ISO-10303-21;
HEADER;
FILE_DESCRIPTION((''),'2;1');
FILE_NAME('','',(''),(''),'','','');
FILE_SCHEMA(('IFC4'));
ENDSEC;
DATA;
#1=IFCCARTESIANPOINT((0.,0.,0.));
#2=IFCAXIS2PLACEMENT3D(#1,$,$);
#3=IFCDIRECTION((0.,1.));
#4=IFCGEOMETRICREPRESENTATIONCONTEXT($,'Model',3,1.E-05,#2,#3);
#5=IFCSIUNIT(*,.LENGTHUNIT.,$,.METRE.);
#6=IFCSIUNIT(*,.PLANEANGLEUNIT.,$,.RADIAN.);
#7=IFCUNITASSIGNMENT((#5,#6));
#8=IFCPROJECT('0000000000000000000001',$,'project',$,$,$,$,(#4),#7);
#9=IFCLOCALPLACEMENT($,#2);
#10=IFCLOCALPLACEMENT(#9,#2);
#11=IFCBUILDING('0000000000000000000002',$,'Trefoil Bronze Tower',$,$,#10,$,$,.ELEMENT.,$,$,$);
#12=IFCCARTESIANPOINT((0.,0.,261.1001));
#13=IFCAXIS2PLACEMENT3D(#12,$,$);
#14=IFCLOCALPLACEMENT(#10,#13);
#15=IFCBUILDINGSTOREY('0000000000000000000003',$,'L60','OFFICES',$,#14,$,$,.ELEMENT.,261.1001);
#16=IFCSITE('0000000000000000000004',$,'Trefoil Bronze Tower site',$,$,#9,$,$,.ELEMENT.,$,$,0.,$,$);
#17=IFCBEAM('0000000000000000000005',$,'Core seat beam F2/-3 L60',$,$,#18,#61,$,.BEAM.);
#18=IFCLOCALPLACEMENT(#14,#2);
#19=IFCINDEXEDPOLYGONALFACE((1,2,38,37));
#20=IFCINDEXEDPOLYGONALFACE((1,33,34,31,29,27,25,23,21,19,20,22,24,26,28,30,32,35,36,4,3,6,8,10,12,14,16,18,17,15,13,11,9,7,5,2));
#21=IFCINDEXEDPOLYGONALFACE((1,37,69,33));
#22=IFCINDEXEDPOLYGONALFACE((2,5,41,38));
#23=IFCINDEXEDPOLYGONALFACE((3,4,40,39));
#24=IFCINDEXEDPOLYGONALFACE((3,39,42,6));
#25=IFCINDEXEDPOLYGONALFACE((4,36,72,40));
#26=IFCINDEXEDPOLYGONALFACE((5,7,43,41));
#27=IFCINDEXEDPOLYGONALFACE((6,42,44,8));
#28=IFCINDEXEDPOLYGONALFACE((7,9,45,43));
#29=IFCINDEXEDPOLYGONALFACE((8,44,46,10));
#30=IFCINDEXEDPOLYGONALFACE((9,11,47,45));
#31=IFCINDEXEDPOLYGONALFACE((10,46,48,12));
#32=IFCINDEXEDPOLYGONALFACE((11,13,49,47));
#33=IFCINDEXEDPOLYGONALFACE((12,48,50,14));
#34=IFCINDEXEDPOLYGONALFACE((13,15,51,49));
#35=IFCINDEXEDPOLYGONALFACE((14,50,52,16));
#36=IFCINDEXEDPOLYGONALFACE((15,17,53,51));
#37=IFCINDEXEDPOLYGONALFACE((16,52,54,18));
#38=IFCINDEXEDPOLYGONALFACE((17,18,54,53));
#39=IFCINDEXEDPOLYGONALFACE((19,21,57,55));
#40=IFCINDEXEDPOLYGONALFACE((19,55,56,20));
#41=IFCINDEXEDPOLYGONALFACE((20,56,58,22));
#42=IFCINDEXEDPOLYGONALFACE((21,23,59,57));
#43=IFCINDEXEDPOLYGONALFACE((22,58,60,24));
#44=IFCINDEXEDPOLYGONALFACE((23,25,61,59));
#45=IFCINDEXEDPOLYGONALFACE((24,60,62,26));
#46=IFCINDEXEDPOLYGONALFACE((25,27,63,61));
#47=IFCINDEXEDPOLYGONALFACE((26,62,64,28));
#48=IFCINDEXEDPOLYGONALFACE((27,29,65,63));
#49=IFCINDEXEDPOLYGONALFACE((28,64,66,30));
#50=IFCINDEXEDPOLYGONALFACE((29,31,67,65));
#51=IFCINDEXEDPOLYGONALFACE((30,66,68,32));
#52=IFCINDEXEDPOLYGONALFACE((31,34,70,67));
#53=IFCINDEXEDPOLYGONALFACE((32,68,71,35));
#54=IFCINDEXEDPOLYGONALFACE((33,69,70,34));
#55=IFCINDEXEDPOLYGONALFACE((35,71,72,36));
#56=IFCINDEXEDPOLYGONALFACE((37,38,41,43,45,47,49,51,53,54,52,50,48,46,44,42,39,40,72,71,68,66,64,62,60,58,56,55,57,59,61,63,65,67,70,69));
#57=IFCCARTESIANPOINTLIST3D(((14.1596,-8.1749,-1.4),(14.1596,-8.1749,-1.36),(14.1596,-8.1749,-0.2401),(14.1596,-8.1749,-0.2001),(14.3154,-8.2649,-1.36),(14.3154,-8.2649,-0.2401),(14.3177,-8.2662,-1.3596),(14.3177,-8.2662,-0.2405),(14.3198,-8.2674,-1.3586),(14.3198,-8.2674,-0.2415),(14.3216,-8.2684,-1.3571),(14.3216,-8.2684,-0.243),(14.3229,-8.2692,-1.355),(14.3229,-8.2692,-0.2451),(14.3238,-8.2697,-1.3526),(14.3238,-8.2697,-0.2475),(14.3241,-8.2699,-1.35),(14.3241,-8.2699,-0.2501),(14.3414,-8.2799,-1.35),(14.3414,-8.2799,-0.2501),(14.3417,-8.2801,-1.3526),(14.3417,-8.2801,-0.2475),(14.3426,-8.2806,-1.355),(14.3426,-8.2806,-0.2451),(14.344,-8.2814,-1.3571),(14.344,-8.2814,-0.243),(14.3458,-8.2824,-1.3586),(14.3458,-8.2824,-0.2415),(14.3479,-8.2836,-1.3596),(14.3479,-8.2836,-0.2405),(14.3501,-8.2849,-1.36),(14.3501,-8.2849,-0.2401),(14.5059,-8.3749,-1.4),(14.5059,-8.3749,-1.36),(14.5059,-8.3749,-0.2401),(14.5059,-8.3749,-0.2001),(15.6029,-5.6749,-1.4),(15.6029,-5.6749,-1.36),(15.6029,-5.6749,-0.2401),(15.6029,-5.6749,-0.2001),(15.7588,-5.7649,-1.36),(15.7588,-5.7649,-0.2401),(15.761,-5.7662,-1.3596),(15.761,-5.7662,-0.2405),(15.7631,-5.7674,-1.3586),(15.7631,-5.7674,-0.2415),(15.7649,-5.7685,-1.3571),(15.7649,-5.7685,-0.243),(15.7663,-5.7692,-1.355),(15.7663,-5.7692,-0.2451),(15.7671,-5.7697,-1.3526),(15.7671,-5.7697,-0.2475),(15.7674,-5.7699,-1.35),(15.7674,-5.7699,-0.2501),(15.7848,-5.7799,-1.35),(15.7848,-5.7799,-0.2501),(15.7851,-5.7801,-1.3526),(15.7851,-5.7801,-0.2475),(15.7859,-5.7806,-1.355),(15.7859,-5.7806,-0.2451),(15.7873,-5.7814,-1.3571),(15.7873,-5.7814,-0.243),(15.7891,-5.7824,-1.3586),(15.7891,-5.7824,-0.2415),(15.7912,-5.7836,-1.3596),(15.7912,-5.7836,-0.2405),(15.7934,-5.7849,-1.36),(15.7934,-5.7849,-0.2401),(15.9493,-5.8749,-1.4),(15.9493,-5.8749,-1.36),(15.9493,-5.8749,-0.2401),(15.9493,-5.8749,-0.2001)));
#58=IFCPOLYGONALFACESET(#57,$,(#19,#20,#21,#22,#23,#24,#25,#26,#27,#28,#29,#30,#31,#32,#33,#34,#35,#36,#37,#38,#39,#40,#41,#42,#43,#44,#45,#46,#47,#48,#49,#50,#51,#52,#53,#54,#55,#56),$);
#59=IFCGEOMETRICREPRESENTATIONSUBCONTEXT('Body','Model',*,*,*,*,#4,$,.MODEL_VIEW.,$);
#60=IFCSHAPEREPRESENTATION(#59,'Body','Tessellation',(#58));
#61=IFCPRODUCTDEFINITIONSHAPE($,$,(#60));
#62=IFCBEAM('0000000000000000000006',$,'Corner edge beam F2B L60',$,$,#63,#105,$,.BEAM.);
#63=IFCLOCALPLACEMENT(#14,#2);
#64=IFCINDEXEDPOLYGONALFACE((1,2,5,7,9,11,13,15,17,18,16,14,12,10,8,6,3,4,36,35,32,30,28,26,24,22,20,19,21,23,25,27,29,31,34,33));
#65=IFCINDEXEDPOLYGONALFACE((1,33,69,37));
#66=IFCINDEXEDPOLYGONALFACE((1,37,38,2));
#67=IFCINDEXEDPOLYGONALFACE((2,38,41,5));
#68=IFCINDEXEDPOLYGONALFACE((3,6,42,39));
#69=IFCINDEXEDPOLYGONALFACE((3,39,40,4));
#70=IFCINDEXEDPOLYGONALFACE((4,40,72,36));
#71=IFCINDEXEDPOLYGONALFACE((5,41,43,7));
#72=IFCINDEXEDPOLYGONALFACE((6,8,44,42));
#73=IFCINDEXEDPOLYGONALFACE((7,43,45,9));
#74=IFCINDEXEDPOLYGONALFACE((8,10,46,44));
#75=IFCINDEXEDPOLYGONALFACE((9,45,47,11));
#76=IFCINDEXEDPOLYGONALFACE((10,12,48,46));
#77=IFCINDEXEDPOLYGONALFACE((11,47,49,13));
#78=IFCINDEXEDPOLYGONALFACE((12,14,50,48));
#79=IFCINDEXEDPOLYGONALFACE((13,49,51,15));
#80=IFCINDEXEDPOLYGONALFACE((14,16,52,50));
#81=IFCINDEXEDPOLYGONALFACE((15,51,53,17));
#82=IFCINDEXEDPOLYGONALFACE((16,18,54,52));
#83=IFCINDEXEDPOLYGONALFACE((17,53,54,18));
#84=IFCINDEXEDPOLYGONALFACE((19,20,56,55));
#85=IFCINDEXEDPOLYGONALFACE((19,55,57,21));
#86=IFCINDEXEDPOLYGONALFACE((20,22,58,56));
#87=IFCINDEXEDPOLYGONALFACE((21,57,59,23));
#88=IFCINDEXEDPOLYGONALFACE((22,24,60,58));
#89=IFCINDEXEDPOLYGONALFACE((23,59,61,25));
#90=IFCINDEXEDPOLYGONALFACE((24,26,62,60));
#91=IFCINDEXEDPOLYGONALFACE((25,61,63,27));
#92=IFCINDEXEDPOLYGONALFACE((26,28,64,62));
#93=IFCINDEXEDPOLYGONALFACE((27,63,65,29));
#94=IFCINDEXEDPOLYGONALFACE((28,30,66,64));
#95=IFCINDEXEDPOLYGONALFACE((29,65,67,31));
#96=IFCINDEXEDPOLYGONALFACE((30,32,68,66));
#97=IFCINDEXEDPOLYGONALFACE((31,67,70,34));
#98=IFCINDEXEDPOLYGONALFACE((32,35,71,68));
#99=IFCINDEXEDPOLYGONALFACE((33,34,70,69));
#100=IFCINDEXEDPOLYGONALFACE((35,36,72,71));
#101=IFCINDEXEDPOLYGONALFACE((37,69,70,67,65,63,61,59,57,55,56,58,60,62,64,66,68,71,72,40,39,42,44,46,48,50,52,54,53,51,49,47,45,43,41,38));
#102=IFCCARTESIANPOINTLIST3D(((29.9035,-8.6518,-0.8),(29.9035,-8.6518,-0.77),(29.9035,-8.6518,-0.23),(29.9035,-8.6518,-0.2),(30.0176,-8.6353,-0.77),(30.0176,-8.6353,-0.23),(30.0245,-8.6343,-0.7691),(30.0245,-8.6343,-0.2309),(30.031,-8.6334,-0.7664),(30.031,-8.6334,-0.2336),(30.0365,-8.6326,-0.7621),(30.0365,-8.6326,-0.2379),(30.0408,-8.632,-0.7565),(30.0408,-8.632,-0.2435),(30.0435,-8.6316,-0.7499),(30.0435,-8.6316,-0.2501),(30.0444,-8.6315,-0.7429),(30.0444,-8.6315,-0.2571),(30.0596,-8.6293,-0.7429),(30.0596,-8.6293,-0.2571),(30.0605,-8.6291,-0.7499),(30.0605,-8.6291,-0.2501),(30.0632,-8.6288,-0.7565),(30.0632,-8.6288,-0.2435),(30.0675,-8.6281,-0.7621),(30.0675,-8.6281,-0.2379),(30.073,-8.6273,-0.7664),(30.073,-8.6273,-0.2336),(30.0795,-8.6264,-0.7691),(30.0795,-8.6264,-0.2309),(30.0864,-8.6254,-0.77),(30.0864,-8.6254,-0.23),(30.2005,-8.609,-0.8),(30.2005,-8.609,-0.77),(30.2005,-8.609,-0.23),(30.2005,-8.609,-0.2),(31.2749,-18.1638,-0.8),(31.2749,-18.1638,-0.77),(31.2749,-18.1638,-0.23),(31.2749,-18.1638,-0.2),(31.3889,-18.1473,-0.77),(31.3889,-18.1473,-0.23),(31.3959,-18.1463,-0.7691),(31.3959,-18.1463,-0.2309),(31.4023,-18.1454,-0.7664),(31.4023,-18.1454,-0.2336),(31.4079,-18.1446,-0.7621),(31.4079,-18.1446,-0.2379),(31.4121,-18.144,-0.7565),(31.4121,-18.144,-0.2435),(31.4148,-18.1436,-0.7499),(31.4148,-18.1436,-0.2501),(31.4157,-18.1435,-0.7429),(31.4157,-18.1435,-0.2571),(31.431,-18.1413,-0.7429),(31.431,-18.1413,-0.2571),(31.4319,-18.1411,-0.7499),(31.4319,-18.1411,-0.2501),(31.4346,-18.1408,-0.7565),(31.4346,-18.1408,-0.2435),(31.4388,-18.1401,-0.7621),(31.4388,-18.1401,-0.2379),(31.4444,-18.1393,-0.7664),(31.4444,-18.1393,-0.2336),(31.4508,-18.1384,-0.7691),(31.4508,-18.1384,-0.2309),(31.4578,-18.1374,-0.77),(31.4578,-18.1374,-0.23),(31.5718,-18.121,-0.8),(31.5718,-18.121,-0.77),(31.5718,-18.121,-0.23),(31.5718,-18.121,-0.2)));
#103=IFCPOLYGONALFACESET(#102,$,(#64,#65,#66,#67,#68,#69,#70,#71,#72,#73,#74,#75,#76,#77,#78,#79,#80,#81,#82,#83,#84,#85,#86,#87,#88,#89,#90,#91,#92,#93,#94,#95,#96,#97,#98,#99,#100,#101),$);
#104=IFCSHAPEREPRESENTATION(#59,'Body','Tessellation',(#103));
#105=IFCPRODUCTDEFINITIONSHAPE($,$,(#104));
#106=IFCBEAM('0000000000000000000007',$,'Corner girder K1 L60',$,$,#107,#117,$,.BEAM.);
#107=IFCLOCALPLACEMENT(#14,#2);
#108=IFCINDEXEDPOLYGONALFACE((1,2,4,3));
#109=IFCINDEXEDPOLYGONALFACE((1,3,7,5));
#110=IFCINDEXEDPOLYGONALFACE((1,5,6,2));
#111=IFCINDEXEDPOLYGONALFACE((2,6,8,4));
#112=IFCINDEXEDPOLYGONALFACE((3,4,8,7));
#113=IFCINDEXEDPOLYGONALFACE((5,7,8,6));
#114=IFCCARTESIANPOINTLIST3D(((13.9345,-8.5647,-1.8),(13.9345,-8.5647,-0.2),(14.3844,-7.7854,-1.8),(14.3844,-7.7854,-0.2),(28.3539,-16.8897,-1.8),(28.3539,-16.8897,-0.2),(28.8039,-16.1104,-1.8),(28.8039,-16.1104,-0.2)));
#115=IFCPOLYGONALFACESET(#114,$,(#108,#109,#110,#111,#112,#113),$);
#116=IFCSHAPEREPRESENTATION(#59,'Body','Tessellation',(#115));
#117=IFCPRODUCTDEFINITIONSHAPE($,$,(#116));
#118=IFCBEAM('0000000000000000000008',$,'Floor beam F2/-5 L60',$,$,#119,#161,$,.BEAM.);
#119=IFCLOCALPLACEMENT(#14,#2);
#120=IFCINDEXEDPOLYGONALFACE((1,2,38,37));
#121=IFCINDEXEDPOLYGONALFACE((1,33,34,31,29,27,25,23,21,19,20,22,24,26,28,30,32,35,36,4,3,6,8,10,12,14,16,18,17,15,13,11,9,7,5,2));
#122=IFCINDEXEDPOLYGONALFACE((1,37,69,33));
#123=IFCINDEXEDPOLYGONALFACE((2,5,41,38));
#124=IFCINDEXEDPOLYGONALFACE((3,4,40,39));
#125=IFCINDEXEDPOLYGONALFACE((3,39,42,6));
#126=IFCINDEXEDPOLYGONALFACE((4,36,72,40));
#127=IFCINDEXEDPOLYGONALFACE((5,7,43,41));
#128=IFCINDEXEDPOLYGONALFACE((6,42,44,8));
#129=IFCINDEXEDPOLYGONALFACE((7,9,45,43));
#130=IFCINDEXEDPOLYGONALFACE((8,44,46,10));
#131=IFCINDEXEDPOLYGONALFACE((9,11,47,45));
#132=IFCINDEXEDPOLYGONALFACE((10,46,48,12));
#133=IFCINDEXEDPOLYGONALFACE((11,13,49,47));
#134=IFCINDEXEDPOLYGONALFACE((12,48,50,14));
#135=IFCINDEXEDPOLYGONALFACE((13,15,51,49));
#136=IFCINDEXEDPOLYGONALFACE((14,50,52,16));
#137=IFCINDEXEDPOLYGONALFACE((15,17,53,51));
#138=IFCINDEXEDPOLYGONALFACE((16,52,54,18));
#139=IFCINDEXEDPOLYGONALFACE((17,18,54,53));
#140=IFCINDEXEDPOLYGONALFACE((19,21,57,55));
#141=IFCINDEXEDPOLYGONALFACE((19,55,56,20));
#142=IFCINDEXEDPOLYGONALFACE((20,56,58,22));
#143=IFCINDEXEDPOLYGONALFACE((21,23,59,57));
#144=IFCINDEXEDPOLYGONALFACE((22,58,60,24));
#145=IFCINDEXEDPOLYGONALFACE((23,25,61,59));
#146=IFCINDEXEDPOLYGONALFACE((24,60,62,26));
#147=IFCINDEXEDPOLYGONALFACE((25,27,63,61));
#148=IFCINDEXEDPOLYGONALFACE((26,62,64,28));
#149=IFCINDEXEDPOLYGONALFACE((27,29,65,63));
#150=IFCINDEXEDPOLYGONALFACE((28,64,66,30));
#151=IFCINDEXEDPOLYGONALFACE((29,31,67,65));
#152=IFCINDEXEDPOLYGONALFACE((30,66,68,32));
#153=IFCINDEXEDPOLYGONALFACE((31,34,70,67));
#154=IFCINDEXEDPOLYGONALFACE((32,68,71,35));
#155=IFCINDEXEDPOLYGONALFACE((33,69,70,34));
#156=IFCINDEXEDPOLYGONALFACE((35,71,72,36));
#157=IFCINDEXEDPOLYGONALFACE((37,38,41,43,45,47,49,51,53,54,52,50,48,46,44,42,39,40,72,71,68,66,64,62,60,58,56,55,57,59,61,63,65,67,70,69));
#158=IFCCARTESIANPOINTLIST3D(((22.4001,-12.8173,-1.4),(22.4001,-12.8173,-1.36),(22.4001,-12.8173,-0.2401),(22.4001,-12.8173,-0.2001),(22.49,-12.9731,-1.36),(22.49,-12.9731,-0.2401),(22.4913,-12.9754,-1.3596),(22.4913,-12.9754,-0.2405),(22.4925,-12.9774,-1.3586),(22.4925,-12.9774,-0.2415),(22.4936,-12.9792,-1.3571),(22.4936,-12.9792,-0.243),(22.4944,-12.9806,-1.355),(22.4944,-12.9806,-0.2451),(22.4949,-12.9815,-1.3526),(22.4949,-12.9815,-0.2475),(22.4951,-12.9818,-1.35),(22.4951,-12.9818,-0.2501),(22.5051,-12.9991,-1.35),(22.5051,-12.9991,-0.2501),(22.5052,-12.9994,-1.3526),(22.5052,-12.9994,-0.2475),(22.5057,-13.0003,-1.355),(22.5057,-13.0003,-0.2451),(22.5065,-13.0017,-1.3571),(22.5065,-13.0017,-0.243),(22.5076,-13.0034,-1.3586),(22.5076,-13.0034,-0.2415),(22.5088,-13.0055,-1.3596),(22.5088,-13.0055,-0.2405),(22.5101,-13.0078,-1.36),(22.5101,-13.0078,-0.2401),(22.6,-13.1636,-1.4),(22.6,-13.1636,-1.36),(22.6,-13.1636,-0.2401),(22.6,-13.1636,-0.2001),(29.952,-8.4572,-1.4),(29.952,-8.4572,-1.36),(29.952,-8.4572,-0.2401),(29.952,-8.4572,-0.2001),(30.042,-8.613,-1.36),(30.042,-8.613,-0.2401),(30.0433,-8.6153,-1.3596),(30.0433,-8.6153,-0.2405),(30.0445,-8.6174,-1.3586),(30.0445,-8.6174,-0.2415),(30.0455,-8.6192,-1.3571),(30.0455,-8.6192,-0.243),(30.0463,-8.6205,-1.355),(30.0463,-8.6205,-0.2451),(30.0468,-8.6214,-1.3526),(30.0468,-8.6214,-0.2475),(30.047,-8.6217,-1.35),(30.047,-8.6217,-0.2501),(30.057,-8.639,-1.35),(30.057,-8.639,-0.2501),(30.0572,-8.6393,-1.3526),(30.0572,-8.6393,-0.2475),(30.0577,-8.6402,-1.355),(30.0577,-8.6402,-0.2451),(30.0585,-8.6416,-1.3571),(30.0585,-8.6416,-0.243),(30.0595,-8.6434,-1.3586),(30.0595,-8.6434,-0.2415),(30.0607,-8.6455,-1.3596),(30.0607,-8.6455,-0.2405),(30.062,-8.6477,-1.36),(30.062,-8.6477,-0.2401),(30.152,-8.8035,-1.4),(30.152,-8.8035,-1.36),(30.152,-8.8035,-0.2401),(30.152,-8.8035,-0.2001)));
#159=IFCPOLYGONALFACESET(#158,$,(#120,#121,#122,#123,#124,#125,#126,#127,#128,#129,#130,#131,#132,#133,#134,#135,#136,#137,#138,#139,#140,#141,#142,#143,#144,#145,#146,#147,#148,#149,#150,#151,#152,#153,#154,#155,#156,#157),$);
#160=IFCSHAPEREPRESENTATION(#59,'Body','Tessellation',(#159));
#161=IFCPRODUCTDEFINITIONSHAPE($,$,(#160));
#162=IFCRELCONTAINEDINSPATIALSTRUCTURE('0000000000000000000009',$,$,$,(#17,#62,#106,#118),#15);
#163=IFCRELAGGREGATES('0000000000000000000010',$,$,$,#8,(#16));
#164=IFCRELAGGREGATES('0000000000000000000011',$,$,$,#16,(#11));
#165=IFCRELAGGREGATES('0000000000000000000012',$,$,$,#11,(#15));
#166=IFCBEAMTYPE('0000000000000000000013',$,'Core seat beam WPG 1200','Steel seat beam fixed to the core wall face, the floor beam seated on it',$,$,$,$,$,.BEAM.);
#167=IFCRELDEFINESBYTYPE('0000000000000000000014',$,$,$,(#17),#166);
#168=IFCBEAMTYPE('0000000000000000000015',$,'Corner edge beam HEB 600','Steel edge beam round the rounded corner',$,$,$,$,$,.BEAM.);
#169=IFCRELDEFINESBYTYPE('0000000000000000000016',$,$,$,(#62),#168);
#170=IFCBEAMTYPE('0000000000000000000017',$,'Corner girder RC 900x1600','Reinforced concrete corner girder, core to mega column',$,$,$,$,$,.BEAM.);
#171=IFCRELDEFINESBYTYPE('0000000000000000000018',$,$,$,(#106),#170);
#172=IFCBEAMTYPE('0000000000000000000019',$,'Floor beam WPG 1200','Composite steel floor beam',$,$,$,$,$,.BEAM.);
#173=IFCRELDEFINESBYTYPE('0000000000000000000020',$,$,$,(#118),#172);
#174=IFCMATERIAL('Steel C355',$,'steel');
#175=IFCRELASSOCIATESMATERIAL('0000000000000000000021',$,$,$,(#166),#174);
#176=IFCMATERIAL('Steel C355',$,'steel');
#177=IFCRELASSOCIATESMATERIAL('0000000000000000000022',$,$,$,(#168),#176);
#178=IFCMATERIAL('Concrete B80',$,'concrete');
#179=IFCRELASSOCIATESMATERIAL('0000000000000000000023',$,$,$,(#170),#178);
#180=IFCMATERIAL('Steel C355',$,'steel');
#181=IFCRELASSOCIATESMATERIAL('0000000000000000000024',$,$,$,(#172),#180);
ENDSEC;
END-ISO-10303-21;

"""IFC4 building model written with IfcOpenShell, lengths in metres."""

from ifc_helpers import new_model, si_unit, direction, frame, origin, origin_2d, place, context, subcontext, project, spatial, rectangle, i_section, extrude, material, material_profile, profile_set, type_object, element, save


model = new_model("IFC4")

# Units and contexts
model_context = context("Model", 3, precision=1e-05, world=origin(), true_north=direction((0.0, 1.0)))
body_context = subcontext(model_context, "Body", "Model", "MODEL_VIEW")
ifc_project = project(units=[si_unit("LENGTHUNIT", "METRE"), si_unit("PLANEANGLEUNIT", "RADIAN")], contexts=[model_context])

# Site, building, storey
site_placement = place(None, origin())
site = spatial("IfcSite", under=ifc_project, at=site_placement, Name="Trefoil Bronze Tower site", CompositionType="ELEMENT", RefElevation=0.0)
building_placement = place(site_placement, origin())
building = spatial("IfcBuilding", under=site, at=building_placement, Name="Trefoil Bronze Tower", CompositionType="ELEMENT")
storey_placement = place(building_placement, frame((0.0, 0.0, 261.1001)))
storey = spatial("IfcBuildingStorey", under=building, at=storey_placement, Name="L60", Description="OFFICES", CompositionType="ELEMENT", Elevation=261.1001)

# Beams
ifc_material_1 = material(Name="Steel C355", Category="steel")
ifc_material_profile_1 = material_profile(ifc_material_1, i_section(OverallWidth=0.3999, OverallDepth=1.2, WebThickness=0.02, FlangeThickness=0.04, FilletRadius=0.01, at=origin_2d()), Name="WPG 1200")
ifc_profile_set_1 = profile_set([ifc_material_profile_1], Name="Steel C355")
beam_type_1 = type_object("IfcBeamType", Name="Core seat beam WPG 1200", Description="Steel seat beam fixed to the core wall face, the floor beam seated on it", PredefinedType="BEAM", material=ifc_profile_set_1)
beam_1_placement = place(storey_placement, frame((14.3328, -8.2749, -0.8), z_axis=(0.499996, 0.866028, 0.0), x_axis=(-0.866028, 0.499996, 0.0)))
element("IfcBeam", 1, at=beam_1_placement, inside=storey, type_object=beam_type_1, Name="Core seat beam F2/-3 L60", PredefinedType="BEAM", context=body_context, shape_type="SweptSolid", body=[
    extrude(i_section(OverallWidth=0.3999, OverallDepth=1.2, WebThickness=0.02, FlangeThickness=0.04, FilletRadius=0.01, at=origin_2d()), origin(), (0.0, 0.0, 1.0), 2.8867),
])
ifc_material_2 = material(Name="Steel C355", Category="steel")
ifc_material_profile_2 = material_profile(ifc_material_2, i_section(OverallWidth=0.3, OverallDepth=0.6001, WebThickness=0.0154, FlangeThickness=0.03, FilletRadius=0.0271, at=origin_2d()), Name="HEB 600")
ifc_profile_set_2 = profile_set([ifc_material_profile_2], Name="Steel C355")
beam_type_2 = type_object("IfcBeamType", Name="Corner edge beam HEB 600", Description="Steel edge beam round the rounded corner", PredefinedType="BEAM", material=ifc_profile_set_2)
beam_2_placement = place(storey_placement, frame((30.052, -8.6304, -0.5), z_axis=(0.142694, -0.989767, 0.0), x_axis=(0.989767, 0.142694, 0.0)))
element("IfcBeam", 2, at=beam_2_placement, inside=storey, type_object=beam_type_2, Name="Corner edge beam F2B L60", PredefinedType="BEAM", context=body_context, shape_type="SweptSolid", body=[
    extrude(i_section(OverallWidth=0.3, OverallDepth=0.6001, WebThickness=0.0154, FlangeThickness=0.03, FilletRadius=0.0271, at=origin_2d()), origin(), (0.0, 0.0, 1.0), 9.6104),
])
ifc_material_3 = material(Name="Concrete B80", Category="concrete")
ifc_material_profile_3 = material_profile(ifc_material_3, rectangle(XDim=0.8999, YDim=1.6001, at=origin_2d()), Name="RC 900x1600")
ifc_profile_set_3 = profile_set([ifc_material_profile_3], Name="Concrete B80")
beam_type_3 = type_object("IfcBeamType", Name="Corner girder RC 900x1600", Description="Reinforced concrete corner girder, core to mega column", PredefinedType="BEAM", material=ifc_profile_set_3)
beam_3_placement = place(storey_placement, frame((14.1594, -8.175, -1.0), z_axis=(0.866028, -0.499995, 0.0), x_axis=(0.499995, 0.866028, 0.0)))
element("IfcBeam", 3, at=beam_3_placement, inside=storey, type_object=beam_type_3, Name="Corner girder K1 L60", PredefinedType="BEAM", context=body_context, shape_type="SweptSolid", body=[
    extrude(rectangle(XDim=0.8999, YDim=1.6001, at=origin_2d()), origin(), (0.0, 0.0, 1.0), 16.6501),
])
ifc_material_4 = material(Name="Steel C355", Category="steel")
ifc_material_profile_4 = material_profile(ifc_material_4, i_section(OverallWidth=0.3999, OverallDepth=1.2, WebThickness=0.02, FlangeThickness=0.04, FilletRadius=0.01, at=origin_2d()), Name="WPG 1200")
ifc_profile_set_4 = profile_set([ifc_material_profile_4], Name="Steel C355")
beam_type_4 = type_object("IfcBeamType", Name="Floor beam WPG 1200", Description="Composite steel floor beam", PredefinedType="BEAM", material=ifc_profile_set_4)
beam_4_placement = place(storey_placement, frame((30.052, -8.6304, -0.8), z_axis=(-0.866028, -0.499996, 0.0), x_axis=(0.499996, -0.866028, 0.0)))
element("IfcBeam", 4, at=beam_4_placement, inside=storey, type_object=beam_type_4, Name="Floor beam F2/-5 L60", PredefinedType="BEAM", context=body_context, shape_type="SweptSolid", body=[
    extrude(i_section(OverallWidth=0.3999, OverallDepth=1.2, WebThickness=0.02, FlangeThickness=0.04, FilletRadius=0.01, at=origin_2d()), origin(), (0.0, 0.0, 1.0), 8.7202),
])

save(model, "model.ifc")
